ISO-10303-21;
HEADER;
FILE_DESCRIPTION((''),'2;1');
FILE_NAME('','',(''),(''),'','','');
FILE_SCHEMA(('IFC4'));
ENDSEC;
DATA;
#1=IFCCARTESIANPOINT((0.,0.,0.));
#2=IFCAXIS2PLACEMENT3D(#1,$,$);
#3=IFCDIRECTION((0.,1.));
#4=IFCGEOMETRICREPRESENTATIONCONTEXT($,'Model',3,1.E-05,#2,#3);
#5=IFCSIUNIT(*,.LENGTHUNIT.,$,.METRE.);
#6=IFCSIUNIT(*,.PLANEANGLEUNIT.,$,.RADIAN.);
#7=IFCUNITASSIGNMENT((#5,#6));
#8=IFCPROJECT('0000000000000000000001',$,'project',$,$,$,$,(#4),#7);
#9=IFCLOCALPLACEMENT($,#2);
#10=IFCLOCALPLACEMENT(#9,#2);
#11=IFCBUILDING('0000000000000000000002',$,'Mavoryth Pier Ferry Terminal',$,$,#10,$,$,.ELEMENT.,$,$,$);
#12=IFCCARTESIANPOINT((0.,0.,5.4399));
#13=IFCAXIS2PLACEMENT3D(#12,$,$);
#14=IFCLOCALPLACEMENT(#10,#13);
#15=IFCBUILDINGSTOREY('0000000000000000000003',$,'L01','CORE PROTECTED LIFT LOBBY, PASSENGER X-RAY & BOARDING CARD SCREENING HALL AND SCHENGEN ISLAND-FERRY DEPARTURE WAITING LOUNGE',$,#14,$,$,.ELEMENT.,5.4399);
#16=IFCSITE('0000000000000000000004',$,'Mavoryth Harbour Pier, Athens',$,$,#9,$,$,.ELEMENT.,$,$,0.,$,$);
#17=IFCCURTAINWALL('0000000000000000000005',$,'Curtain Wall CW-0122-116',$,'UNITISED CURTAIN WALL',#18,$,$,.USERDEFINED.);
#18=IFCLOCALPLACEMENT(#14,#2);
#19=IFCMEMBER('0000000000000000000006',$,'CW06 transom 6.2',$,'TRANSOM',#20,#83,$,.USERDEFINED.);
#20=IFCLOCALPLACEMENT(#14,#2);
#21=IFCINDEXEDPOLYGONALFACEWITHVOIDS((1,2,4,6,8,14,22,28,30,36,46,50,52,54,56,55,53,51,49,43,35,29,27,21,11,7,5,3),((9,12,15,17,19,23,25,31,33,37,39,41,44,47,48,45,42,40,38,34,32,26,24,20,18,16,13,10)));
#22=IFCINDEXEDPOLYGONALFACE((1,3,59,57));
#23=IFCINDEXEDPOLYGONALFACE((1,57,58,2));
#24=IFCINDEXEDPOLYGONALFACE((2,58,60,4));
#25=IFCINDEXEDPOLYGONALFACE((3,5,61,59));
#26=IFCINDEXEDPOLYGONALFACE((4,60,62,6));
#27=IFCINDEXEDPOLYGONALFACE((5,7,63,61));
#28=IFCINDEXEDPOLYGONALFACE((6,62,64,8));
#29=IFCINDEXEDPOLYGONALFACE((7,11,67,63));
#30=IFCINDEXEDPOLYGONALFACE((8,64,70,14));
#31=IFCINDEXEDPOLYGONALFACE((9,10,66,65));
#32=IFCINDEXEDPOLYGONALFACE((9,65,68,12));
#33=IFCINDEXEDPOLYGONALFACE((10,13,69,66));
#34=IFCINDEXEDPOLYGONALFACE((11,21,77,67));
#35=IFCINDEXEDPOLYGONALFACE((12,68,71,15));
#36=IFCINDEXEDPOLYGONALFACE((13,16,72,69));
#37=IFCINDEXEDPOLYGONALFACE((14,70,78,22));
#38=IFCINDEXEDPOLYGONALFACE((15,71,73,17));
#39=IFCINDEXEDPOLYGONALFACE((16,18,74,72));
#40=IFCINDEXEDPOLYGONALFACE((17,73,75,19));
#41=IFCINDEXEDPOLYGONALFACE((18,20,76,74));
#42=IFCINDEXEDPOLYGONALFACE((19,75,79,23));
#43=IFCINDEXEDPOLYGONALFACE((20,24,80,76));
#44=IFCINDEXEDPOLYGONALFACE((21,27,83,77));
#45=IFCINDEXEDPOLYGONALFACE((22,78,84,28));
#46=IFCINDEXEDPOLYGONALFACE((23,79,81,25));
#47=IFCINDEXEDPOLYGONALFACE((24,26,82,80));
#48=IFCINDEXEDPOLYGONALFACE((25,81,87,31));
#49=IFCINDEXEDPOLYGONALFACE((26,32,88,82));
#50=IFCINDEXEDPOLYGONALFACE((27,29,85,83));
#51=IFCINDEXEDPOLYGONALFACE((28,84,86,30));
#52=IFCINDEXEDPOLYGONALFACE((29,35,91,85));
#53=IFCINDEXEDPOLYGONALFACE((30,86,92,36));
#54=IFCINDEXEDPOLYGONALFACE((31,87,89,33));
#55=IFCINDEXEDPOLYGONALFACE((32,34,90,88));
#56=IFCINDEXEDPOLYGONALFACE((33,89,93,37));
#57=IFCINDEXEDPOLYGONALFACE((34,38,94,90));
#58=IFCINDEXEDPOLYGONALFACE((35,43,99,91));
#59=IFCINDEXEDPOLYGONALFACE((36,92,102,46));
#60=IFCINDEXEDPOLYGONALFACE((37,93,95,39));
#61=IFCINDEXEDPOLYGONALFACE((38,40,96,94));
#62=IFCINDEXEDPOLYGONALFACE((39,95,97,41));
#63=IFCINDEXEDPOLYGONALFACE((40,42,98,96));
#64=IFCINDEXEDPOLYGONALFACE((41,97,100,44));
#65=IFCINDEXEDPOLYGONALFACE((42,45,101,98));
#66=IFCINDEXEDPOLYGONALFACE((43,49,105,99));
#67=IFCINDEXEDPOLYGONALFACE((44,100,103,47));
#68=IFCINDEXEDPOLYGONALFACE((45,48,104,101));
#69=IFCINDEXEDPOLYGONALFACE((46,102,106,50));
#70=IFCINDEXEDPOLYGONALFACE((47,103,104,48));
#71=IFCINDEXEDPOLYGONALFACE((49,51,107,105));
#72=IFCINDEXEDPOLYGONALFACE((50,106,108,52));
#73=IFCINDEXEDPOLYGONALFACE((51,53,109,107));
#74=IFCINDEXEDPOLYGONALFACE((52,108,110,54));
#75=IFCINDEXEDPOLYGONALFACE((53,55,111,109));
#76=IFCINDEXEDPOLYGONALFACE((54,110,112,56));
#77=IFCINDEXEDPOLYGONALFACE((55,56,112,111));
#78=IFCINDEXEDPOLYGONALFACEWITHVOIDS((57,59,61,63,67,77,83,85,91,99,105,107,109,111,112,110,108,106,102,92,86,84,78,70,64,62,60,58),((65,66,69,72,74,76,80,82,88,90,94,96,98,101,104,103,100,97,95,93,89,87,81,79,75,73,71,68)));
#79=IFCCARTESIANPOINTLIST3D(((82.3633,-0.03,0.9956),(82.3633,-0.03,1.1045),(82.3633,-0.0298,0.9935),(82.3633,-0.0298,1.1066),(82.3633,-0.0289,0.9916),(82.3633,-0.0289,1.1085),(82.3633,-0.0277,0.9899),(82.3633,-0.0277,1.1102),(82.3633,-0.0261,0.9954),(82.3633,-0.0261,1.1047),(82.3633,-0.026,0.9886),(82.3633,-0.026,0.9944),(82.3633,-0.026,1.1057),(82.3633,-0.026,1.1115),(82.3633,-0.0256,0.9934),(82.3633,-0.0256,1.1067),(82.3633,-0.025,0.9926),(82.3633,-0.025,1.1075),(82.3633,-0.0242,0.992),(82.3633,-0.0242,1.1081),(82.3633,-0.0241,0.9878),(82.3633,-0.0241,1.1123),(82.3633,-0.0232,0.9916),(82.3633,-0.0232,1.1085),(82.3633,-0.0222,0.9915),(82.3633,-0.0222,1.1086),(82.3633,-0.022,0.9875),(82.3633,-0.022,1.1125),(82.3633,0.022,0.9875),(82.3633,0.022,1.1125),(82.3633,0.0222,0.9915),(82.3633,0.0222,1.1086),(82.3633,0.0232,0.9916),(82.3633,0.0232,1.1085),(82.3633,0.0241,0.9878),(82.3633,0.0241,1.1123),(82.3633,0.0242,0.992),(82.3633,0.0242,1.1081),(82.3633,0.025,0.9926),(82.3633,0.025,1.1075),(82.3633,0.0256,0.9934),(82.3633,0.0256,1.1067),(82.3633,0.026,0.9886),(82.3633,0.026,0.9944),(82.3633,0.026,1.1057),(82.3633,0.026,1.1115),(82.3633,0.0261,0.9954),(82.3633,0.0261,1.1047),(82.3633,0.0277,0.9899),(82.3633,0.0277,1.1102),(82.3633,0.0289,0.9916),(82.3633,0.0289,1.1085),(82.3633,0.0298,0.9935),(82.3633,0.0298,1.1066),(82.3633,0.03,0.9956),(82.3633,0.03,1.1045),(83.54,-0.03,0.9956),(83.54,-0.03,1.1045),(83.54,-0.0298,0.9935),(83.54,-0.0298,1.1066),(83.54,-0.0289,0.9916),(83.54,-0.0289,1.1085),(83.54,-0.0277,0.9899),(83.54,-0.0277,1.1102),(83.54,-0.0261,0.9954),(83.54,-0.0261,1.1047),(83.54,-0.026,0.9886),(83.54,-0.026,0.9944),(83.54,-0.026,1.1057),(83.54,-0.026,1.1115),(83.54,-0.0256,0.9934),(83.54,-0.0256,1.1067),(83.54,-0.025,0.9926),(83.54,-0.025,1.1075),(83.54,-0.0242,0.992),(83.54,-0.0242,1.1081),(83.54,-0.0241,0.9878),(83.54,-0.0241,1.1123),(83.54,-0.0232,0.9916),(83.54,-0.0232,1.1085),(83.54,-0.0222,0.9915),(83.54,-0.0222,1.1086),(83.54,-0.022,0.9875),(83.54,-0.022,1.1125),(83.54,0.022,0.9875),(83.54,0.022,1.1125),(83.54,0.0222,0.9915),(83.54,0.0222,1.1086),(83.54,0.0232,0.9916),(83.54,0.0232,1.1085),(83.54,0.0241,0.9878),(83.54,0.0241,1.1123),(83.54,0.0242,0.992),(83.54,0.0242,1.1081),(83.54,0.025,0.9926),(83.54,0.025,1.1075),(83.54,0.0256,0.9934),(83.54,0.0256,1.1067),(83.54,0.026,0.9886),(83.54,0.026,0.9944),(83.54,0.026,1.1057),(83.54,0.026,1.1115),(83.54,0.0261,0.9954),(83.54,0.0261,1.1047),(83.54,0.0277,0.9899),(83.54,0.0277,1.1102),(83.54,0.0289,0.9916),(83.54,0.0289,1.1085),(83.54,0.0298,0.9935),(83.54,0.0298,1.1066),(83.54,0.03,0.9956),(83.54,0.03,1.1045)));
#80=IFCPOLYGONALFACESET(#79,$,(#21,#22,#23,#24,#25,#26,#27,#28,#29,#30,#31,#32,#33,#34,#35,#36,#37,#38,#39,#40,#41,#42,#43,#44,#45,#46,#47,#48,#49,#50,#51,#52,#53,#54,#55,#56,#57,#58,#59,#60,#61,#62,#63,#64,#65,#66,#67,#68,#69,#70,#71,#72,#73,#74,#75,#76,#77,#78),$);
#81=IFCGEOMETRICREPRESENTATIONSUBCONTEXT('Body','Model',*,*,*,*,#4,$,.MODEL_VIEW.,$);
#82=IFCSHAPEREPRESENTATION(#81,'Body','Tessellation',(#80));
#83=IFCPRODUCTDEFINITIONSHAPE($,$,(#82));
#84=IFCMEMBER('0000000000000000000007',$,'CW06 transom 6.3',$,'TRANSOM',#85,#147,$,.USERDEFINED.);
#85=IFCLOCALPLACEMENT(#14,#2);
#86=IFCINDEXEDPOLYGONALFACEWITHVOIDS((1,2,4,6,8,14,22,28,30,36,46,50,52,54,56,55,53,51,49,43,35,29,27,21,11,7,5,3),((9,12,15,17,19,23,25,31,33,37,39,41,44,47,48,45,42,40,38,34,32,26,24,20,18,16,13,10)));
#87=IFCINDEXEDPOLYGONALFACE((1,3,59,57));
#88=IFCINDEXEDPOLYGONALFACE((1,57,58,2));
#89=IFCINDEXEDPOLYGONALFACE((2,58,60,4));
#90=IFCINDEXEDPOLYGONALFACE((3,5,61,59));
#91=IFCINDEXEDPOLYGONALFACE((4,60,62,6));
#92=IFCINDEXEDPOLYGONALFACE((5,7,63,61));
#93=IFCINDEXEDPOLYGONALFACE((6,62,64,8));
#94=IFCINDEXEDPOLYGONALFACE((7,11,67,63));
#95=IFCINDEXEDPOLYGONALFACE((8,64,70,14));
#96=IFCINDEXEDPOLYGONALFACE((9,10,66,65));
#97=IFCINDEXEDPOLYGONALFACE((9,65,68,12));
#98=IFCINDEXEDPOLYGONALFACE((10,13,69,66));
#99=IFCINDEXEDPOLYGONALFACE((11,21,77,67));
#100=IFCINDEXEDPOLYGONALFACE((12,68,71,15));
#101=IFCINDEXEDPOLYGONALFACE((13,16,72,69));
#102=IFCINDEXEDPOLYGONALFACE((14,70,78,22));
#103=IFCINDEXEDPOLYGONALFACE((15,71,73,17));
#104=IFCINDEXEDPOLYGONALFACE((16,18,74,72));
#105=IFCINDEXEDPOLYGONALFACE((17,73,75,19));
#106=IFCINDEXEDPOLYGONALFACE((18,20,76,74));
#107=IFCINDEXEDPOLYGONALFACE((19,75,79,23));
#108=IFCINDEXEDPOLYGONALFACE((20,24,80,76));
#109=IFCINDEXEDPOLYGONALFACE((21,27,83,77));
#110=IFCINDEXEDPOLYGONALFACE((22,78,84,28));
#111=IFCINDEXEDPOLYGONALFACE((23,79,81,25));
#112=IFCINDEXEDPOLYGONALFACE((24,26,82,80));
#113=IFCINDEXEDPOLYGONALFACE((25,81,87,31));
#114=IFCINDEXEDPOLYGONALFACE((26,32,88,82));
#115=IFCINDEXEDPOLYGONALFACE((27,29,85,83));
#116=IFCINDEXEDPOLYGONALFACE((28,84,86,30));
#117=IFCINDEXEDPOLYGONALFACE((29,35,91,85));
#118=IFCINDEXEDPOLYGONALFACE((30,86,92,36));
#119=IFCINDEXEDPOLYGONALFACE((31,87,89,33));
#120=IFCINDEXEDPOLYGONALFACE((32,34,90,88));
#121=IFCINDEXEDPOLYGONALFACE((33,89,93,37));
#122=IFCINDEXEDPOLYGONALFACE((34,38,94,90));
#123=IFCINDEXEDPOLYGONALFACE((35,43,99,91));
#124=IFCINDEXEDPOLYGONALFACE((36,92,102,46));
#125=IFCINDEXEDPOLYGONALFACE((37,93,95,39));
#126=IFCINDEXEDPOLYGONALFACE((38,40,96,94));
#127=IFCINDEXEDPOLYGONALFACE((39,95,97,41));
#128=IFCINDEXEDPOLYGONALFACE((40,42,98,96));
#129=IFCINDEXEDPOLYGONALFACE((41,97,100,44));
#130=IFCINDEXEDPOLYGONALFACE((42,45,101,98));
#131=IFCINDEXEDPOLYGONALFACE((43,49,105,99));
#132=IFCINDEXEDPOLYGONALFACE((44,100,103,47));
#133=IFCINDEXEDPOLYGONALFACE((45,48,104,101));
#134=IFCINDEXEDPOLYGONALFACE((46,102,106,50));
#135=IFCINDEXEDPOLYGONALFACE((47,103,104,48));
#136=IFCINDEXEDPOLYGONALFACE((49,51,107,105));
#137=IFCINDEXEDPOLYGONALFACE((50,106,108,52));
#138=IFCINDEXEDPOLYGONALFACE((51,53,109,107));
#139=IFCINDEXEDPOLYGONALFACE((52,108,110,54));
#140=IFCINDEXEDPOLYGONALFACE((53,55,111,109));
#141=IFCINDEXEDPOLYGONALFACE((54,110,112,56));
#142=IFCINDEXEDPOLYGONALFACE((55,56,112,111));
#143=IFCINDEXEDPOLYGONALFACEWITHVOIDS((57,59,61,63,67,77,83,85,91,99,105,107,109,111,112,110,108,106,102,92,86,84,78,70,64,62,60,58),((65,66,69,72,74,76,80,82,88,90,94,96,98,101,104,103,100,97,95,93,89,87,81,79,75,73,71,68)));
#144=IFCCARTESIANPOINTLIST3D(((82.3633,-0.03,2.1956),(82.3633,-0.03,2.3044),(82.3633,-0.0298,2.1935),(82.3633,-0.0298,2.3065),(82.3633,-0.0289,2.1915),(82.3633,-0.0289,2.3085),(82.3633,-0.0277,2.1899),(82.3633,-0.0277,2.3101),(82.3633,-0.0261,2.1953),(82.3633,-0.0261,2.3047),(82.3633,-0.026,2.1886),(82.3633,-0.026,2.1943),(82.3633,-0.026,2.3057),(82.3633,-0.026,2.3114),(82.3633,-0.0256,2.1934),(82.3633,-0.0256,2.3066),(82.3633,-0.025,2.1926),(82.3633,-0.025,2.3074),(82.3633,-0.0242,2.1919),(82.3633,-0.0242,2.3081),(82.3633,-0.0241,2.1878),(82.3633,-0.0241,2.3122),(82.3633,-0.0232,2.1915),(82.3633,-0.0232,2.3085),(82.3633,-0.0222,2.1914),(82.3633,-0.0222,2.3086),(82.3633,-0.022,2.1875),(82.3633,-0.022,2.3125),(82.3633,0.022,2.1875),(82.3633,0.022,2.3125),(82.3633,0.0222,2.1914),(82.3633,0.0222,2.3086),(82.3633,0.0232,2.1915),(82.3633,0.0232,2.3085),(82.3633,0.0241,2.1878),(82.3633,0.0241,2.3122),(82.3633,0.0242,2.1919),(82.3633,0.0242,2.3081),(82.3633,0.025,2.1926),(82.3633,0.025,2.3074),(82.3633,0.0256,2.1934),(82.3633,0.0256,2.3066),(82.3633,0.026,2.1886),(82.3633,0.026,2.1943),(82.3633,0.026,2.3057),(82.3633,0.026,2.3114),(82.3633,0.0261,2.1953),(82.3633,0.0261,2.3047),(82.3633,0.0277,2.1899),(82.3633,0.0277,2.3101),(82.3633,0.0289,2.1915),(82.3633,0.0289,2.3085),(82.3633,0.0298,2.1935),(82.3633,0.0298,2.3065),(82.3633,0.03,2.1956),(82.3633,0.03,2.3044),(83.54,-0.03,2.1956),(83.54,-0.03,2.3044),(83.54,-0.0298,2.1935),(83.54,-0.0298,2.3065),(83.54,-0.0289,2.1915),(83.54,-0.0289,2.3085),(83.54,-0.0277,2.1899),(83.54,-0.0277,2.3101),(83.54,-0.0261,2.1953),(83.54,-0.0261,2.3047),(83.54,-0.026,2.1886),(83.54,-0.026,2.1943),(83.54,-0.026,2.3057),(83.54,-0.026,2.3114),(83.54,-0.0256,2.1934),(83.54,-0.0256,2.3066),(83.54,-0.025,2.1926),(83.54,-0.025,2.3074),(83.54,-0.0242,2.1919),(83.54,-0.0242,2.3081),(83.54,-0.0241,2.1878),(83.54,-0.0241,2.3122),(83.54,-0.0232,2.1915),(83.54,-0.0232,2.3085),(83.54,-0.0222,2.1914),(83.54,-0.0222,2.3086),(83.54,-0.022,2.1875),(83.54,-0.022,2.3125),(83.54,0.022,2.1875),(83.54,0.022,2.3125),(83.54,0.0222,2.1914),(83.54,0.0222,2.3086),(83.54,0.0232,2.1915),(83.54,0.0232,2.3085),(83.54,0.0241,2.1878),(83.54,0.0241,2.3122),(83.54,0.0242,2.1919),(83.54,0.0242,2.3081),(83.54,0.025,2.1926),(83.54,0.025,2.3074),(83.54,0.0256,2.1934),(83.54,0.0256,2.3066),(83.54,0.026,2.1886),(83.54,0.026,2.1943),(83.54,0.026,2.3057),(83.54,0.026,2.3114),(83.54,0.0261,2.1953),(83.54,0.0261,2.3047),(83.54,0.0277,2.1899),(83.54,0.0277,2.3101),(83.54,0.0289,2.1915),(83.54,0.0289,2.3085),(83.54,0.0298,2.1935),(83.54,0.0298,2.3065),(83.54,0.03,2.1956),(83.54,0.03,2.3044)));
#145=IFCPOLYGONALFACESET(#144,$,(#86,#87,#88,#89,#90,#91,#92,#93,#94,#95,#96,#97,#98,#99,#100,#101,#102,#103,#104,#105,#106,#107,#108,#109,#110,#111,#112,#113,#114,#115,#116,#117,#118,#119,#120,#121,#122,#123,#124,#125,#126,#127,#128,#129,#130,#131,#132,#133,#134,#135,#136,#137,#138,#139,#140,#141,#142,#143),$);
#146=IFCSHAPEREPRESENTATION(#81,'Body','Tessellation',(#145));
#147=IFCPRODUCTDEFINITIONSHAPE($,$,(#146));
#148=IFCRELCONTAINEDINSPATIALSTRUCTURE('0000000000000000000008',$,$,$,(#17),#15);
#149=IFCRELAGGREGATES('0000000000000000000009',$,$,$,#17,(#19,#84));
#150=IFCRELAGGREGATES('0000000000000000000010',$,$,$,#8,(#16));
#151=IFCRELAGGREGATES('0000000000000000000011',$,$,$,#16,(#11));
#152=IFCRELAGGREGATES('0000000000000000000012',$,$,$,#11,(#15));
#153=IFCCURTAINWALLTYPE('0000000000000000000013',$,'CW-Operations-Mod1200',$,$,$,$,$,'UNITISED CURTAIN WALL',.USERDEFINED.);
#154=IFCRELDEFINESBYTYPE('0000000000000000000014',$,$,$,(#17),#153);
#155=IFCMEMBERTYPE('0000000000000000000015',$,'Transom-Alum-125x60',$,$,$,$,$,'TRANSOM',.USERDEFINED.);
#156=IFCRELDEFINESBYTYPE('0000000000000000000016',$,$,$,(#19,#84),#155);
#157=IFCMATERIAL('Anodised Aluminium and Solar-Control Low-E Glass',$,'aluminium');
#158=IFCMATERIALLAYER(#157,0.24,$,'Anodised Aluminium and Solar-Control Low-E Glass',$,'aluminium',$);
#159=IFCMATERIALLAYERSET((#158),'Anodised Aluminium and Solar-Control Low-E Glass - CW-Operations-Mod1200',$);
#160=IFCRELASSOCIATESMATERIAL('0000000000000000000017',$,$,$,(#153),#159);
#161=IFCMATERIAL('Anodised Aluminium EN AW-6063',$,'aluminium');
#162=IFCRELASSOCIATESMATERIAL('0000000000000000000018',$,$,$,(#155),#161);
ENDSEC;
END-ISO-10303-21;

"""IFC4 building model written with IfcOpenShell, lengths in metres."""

from ifc_helpers import new_model, si_unit, direction, frame, origin, origin_2d, place, context, subcontext, project, spatial, hollow_rectangle, extrude, material, layer, layer_set, material_profile, profile_set, type_object, element, aggregate, save


model = new_model("IFC4")

# Units and contexts
model_context = context("Model", 3, precision=1e-05, world=origin(), true_north=direction((0.0, 1.0)))
body_context = subcontext(model_context, "Body", "Model", "MODEL_VIEW")
ifc_project = project(units=[si_unit("LENGTHUNIT", "METRE"), si_unit("PLANEANGLEUNIT", "RADIAN")], contexts=[model_context])

# Site, building, storey
site_placement = place(None, origin())
site = spatial("IfcSite", under=ifc_project, at=site_placement, Name="Mavoryth Harbour Pier, Athens", CompositionType="ELEMENT", RefElevation=0.0)
building_placement = place(site_placement, origin())
building = spatial("IfcBuilding", under=site, at=building_placement, Name="Mavoryth Pier Ferry Terminal", CompositionType="ELEMENT")
storey_placement = place(building_placement, frame((0.0, 0.0, 5.4399)))
storey = spatial("IfcBuildingStorey", under=building, at=storey_placement, Name="L01", Description="CORE PROTECTED LIFT LOBBY, PASSENGER X-RAY & BOARDING CARD SCREENING HALL AND SCHENGEN ISLAND-FERRY DEPARTURE WAITING LOUNGE", CompositionType="ELEMENT", Elevation=5.4399)

# Curtain wall, members
ifc_material_1 = material(Name="Anodised Aluminium and Solar-Control Low-E Glass", Category="aluminium")
ifc_layer_1 = layer(ifc_material_1, 0.24, Name="Anodised Aluminium and Solar-Control Low-E Glass", Category="aluminium")
ifc_layer_set_1 = layer_set([ifc_layer_1], Name="Anodised Aluminium and Solar-Control Low-E Glass - CW-Operations-Mod1200")
curtain_wall_type = type_object("IfcCurtainWallType", Name="CW-Operations-Mod1200", ElementType="UNITISED CURTAIN WALL", PredefinedType="USERDEFINED", material=ifc_layer_set_1)
curtain_wall_placement = place(storey_placement, origin())
curtain_wall = element("IfcCurtainWall", 1, at=curtain_wall_placement, inside=storey, type_object=curtain_wall_type, Name="Curtain Wall CW-0122-116", ObjectType="UNITISED CURTAIN WALL", PredefinedType="USERDEFINED")
ifc_material_2 = material(Name="Anodised Aluminium EN AW-6063", Category="aluminium")
ifc_material_profile_1 = material_profile(ifc_material_2, hollow_rectangle(XDim=0.0601, YDim=0.125, WallThickness=0.0039, InnerFilletRadius=0.0039, OuterFilletRadius=0.0081, at=origin_2d()), Name="AL-TRAN 125x60x4", Category="aluminium")
ifc_profile_set_1 = profile_set([ifc_material_profile_1], Name="Anodised Aluminium EN AW-6063 - AL-TRAN 125x60x4")
member_type_1 = type_object("IfcMemberType", Name="Transom-Alum-125x60", ElementType="TRANSOM", PredefinedType="USERDEFINED", material=ifc_profile_set_1)
member_1_placement = place(storey_placement, frame((82.3633, 0.0, 1.05), z_axis=(1.0, 0.0, 0.0), x_axis=(0.0, 1.0, 0.0)))
member_1 = element("IfcMember", 2, at=member_1_placement, type_object=member_type_1, Name="CW06 transom 6.2", ObjectType="TRANSOM", PredefinedType="USERDEFINED", context=body_context, shape_type="SweptSolid", body=[
    extrude(hollow_rectangle(XDim=0.0601, YDim=0.125, WallThickness=0.0039, InnerFilletRadius=0.0039, OuterFilletRadius=0.0081, at=origin_2d()), origin(), (0.0, 0.0, 1.0), 1.1768),
])
member_2_placement = place(storey_placement, frame((82.3633, 0.0, 2.25), z_axis=(1.0, 0.0, 0.0), x_axis=(0.0, 1.0, 0.0)))
member_2 = element("IfcMember", 3, at=member_2_placement, type_object=member_type_1, Name="CW06 transom 6.3", ObjectType="TRANSOM", PredefinedType="USERDEFINED", context=body_context, shape_type="SweptSolid", body=[
    extrude(hollow_rectangle(XDim=0.0601, YDim=0.125, WallThickness=0.0039, InnerFilletRadius=0.0039, OuterFilletRadius=0.0081, at=origin_2d()), origin(), (0.0, 0.0, 1.0), 1.1768),
])
aggregate(curtain_wall, [member_1, member_2])

save(model, "model.ifc")
